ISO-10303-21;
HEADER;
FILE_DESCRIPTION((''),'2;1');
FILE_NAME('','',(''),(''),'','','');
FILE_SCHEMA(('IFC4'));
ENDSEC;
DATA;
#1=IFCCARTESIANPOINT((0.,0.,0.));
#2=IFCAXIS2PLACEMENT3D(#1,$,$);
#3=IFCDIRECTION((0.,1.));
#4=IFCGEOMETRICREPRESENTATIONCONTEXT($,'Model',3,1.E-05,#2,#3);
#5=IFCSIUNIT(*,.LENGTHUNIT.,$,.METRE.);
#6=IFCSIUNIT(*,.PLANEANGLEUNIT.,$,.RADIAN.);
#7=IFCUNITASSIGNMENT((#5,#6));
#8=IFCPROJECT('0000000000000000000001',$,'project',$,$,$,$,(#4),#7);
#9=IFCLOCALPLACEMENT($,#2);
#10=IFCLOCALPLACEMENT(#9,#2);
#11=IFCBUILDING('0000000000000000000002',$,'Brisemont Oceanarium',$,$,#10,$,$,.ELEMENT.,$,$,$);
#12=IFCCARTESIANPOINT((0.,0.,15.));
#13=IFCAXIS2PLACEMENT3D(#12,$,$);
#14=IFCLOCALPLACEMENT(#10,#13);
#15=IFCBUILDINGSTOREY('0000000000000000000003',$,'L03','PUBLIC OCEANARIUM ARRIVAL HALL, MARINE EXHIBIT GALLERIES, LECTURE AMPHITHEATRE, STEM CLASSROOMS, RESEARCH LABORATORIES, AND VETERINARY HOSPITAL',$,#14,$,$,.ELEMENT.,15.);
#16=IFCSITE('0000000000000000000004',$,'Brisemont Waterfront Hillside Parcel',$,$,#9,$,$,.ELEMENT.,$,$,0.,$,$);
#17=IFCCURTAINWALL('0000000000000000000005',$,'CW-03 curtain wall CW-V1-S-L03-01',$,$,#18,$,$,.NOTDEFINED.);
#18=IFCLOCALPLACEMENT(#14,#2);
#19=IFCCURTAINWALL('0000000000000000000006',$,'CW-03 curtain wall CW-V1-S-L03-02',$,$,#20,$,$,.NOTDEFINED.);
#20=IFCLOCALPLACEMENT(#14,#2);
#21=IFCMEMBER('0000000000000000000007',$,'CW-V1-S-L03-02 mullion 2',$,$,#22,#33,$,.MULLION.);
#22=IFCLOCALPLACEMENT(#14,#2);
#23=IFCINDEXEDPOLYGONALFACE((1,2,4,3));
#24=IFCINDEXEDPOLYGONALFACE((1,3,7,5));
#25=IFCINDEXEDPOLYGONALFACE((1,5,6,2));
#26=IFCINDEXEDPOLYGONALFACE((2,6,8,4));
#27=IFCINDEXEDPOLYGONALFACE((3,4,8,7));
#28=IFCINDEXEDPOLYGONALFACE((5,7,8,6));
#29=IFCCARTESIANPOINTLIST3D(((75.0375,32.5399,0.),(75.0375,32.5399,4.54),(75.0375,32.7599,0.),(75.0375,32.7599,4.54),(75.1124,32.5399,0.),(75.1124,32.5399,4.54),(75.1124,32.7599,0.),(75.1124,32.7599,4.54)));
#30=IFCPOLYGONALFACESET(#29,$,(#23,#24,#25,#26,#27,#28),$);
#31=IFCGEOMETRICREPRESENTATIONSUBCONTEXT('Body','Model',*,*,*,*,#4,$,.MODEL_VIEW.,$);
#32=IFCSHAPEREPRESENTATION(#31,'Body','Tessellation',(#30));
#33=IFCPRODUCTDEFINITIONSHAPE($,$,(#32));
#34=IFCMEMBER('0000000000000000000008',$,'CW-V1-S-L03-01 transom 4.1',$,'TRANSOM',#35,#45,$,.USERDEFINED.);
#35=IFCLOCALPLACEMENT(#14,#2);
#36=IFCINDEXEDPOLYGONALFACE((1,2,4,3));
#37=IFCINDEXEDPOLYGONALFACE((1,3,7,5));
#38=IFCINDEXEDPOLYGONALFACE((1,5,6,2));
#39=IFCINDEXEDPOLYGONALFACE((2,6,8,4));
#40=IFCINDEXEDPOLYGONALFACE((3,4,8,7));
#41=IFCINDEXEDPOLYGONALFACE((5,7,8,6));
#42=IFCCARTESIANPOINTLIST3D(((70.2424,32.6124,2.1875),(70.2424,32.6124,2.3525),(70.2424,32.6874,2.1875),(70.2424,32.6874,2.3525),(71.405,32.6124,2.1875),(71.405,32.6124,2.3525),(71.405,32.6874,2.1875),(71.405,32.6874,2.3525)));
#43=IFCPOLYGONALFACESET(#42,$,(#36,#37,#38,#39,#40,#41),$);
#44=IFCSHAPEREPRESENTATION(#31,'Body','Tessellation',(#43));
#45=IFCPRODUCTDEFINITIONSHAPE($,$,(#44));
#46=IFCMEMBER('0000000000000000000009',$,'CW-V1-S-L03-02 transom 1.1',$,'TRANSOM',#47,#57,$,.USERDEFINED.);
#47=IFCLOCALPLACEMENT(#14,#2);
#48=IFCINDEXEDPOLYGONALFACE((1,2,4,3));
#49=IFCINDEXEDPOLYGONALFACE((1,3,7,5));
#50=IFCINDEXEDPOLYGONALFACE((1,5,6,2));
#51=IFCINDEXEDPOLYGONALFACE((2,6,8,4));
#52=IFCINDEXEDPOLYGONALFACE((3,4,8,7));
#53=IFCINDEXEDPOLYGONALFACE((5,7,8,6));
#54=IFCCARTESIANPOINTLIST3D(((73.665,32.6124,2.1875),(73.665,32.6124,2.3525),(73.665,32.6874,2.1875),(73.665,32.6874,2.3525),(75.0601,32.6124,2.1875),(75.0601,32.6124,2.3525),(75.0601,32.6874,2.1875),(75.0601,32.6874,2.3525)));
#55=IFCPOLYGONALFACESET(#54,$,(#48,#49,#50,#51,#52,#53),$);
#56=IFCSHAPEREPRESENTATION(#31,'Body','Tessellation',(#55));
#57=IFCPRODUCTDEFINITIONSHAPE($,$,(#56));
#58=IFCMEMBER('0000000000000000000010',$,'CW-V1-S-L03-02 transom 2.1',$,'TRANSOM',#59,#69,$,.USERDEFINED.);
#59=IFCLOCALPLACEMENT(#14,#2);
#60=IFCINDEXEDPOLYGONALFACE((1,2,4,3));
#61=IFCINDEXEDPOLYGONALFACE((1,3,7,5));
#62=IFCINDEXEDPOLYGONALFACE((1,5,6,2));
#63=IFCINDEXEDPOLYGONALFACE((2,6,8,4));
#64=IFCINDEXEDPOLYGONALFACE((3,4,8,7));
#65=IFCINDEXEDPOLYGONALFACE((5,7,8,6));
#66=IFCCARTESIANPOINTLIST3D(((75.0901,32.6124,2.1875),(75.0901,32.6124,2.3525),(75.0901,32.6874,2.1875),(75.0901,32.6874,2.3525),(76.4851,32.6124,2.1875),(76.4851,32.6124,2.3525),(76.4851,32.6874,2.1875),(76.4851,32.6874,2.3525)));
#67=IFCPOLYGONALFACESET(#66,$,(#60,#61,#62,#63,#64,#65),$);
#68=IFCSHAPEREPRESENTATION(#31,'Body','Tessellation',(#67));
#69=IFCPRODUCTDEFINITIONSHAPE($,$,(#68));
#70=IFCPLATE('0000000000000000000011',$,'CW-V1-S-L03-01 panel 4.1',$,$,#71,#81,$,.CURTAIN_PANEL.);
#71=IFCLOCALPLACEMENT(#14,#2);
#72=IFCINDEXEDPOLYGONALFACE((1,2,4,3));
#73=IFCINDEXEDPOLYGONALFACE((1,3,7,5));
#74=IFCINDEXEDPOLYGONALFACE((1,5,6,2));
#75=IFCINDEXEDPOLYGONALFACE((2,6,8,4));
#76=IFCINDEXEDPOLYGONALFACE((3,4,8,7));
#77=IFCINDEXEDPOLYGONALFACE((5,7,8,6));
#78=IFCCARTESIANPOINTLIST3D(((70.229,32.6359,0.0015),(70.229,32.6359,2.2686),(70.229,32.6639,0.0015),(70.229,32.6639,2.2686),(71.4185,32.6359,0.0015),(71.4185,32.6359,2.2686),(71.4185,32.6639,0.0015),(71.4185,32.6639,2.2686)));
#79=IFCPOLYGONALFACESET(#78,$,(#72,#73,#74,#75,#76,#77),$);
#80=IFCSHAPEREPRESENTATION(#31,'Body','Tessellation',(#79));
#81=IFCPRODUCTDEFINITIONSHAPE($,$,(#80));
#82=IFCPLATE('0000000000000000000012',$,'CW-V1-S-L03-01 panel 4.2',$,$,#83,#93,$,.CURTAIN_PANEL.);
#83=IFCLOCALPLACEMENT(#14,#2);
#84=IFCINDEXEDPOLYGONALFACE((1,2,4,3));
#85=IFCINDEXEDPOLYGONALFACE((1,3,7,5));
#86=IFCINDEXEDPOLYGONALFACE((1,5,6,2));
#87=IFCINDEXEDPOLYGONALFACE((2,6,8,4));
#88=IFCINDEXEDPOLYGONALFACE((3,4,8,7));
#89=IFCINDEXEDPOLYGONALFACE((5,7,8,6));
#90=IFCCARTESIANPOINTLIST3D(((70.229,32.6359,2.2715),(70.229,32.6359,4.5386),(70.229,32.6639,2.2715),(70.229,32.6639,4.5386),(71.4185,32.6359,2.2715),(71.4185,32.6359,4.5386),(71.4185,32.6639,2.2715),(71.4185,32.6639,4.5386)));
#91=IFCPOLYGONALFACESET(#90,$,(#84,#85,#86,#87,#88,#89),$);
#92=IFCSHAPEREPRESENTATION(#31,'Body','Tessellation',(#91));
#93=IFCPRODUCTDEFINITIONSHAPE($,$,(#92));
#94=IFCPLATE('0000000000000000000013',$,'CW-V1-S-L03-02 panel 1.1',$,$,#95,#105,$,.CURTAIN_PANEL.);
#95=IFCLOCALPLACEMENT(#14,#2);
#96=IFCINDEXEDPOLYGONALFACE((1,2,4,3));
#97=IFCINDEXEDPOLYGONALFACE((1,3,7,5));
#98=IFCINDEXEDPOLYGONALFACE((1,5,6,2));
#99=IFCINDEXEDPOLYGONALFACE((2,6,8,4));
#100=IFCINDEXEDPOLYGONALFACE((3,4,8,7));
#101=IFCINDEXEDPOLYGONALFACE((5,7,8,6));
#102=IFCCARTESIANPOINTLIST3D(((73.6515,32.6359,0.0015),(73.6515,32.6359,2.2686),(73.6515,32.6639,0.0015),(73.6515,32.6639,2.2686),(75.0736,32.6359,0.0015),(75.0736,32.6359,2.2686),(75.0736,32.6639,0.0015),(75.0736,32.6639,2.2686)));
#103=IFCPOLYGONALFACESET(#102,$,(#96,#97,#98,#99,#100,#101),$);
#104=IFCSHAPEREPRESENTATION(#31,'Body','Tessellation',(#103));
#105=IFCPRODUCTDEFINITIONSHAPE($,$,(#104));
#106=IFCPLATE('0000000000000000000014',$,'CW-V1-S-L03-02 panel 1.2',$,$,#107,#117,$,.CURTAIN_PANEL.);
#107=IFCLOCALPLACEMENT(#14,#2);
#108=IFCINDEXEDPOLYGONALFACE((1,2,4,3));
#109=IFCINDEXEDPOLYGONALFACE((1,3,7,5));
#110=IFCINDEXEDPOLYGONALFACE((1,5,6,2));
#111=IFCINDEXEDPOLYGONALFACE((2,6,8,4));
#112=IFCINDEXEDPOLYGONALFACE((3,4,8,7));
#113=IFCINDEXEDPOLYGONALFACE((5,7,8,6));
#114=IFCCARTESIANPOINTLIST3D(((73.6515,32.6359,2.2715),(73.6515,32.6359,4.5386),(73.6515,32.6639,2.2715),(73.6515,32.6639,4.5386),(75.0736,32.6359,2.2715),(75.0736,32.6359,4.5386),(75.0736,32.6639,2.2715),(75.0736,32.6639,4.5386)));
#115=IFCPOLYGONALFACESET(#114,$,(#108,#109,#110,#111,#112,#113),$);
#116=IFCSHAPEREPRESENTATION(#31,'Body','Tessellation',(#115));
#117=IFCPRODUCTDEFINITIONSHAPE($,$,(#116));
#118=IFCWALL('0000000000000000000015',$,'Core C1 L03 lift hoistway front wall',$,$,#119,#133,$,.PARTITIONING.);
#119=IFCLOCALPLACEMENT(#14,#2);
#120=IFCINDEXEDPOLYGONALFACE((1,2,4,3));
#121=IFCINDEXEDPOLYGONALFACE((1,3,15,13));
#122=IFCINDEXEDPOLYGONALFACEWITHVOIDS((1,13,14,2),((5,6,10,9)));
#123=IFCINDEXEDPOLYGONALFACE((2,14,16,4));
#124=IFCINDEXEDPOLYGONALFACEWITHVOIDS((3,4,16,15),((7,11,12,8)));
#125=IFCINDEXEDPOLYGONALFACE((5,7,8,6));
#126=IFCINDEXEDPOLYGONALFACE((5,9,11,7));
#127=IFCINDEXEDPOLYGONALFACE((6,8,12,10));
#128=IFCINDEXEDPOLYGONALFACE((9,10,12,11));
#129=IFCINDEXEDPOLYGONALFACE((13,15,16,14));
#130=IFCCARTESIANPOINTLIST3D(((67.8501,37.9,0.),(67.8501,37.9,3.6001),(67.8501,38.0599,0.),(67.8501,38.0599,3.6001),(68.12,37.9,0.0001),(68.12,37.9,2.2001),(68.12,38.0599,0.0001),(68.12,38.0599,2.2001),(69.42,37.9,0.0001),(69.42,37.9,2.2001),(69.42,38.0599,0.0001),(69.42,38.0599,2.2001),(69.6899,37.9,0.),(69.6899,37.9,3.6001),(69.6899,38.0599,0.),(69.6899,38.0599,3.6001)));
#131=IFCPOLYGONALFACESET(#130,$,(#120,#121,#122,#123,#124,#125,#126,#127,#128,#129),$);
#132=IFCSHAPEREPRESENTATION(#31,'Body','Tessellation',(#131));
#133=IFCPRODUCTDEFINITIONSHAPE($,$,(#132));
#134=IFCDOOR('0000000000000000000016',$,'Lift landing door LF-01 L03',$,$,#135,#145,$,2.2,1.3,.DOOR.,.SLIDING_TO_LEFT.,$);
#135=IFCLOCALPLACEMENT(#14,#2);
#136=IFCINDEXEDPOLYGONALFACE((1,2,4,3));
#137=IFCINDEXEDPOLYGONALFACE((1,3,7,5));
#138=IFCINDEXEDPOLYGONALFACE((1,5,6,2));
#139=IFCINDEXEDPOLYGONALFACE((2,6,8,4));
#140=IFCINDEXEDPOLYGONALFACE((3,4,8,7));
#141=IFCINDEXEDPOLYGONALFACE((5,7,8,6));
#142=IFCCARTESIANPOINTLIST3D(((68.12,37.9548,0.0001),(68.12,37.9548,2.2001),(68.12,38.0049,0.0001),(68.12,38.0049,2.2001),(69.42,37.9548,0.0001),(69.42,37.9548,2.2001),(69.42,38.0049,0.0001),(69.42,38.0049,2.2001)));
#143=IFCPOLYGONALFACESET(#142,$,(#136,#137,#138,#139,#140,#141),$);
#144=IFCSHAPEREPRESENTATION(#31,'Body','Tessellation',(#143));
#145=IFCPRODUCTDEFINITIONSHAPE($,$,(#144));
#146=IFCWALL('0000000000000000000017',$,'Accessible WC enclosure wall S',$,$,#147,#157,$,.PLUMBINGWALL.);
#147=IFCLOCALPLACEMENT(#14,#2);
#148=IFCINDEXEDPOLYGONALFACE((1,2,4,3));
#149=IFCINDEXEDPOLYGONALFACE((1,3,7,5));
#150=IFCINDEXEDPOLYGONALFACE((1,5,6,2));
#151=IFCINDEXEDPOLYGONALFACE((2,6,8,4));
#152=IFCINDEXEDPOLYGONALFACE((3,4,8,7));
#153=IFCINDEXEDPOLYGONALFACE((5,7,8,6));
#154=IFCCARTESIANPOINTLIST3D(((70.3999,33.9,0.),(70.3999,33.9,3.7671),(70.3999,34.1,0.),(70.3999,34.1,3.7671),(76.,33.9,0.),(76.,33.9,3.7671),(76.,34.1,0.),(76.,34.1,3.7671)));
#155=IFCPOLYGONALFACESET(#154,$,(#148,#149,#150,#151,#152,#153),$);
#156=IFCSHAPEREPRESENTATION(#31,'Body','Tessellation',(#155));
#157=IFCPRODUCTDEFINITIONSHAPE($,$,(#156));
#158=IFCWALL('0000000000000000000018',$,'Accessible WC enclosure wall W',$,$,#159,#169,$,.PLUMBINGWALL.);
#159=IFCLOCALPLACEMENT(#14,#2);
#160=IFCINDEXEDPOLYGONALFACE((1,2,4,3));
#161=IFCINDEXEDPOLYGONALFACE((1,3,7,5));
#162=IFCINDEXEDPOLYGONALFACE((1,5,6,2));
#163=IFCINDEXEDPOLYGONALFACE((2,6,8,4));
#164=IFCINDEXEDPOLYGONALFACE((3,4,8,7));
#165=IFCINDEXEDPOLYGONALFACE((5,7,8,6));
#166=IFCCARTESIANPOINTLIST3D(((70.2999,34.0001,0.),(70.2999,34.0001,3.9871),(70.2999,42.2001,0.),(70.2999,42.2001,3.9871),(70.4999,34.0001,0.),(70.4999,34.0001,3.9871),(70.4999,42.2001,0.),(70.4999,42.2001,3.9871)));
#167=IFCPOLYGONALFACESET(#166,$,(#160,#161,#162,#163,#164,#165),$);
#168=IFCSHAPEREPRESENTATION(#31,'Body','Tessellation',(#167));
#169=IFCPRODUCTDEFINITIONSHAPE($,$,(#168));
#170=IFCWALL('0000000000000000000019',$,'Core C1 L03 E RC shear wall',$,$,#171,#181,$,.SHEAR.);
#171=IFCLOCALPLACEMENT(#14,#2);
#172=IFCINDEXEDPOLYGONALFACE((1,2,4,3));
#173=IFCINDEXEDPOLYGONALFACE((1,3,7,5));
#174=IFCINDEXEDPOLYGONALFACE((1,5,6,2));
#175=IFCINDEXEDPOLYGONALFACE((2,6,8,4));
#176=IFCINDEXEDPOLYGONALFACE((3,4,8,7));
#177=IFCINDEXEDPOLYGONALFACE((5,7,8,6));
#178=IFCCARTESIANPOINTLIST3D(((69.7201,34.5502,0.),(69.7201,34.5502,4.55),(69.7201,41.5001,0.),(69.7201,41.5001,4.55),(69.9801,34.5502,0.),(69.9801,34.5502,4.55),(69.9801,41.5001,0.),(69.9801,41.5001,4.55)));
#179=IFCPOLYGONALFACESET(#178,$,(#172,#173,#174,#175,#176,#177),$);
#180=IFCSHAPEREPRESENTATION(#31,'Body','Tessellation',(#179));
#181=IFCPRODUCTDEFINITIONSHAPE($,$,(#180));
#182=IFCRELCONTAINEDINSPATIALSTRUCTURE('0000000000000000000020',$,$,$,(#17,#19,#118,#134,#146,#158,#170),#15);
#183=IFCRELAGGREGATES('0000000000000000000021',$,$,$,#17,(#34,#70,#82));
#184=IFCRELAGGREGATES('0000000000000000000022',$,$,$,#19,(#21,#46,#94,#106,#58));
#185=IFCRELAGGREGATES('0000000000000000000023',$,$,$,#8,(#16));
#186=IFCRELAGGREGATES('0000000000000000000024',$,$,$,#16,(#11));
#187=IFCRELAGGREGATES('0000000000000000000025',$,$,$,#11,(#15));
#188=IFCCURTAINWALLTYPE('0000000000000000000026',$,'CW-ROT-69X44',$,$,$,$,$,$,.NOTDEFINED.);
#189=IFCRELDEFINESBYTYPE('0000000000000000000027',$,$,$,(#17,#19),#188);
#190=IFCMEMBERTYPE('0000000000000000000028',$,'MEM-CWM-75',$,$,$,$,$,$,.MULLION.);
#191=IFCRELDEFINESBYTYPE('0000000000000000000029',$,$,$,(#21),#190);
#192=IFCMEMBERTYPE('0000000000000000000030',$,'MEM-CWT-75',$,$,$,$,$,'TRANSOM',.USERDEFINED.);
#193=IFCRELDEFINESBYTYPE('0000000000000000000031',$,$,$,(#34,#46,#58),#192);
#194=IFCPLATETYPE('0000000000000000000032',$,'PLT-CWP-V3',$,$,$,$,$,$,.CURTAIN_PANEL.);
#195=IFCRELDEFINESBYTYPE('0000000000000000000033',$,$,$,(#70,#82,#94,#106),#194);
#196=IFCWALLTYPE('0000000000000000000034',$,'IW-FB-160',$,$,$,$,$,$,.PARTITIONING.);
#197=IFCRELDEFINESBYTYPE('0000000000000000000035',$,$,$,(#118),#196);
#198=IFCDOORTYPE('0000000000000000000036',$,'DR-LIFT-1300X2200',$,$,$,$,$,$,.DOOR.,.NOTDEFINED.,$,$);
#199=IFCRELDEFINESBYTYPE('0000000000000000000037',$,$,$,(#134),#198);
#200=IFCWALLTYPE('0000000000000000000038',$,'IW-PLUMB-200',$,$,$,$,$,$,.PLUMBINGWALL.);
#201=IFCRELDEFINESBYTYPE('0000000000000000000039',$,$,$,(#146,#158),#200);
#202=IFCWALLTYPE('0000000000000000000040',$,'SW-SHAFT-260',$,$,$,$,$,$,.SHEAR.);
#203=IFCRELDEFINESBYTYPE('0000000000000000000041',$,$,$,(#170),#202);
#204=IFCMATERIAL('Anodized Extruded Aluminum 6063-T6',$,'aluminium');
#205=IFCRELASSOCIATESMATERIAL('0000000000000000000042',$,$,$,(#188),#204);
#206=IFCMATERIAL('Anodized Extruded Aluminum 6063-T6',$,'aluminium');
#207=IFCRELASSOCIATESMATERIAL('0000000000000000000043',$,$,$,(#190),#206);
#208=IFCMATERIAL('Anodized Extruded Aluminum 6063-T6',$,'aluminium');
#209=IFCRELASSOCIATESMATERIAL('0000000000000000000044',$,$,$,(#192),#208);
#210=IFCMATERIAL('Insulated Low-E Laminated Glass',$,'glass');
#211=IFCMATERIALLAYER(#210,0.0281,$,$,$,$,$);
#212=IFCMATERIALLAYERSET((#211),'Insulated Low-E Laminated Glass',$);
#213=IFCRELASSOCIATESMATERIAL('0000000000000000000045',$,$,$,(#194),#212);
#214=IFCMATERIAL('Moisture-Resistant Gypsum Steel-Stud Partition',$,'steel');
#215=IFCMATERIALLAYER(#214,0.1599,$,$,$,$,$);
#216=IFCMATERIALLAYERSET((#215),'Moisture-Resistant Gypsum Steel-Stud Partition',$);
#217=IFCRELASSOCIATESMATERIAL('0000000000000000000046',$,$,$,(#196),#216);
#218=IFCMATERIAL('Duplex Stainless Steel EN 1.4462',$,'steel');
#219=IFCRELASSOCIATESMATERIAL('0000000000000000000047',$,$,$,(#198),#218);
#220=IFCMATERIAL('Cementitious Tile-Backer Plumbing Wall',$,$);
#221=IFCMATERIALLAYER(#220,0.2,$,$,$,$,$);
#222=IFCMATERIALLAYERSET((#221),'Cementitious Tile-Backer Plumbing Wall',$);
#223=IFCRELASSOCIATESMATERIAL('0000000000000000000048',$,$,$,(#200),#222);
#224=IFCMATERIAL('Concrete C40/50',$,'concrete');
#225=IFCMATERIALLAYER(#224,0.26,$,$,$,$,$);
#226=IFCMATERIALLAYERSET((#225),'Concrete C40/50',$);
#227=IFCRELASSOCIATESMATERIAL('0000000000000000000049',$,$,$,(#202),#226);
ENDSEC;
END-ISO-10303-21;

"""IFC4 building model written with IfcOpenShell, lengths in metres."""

from ifc_helpers import new_model, si_unit, direction, frame, frame_2d, origin, origin_2d, place, context, subcontext, project, spatial, rectangle, extrude, material, layer, layer_set, material_profile, profile_set, type_object, element, fill, aggregate, save


model = new_model("IFC4")

# Units and contexts
model_context = context("Model", 3, precision=1e-05, world=origin(), true_north=direction((0.0, 1.0)))
body_context = subcontext(model_context, "Body", "Model", "MODEL_VIEW")
ifc_project = project(units=[si_unit("LENGTHUNIT", "METRE"), si_unit("PLANEANGLEUNIT", "RADIAN")], contexts=[model_context])

# Site, building, storey
site_placement = place(None, origin())
site = spatial("IfcSite", under=ifc_project, at=site_placement, Name="Brisemont Waterfront Hillside Parcel", CompositionType="ELEMENT", RefElevation=0.0)
building_placement = place(site_placement, origin())
building = spatial("IfcBuilding", under=site, at=building_placement, Name="Brisemont Oceanarium", CompositionType="ELEMENT")
storey_placement = place(building_placement, frame((0.0, 0.0, 15.0)))
storey = spatial("IfcBuildingStorey", under=building, at=storey_placement, Name="L03", Description="PUBLIC OCEANARIUM ARRIVAL HALL, MARINE EXHIBIT GALLERIES, LECTURE AMPHITHEATRE, STEM CLASSROOMS, RESEARCH LABORATORIES, AND VETERINARY HOSPITAL", CompositionType="ELEMENT", Elevation=15.0)

# Curtain walls, member
ifc_material_1 = material(Name="Anodized Extruded Aluminum 6063-T6", Category="aluminium")
curtain_wall_type = type_object("IfcCurtainWallType", Name="CW-ROT-69X44", PredefinedType="NOTDEFINED", material=ifc_material_1)
curtain_wall_1_placement = place(storey_placement, origin())
curtain_wall_1 = element("IfcCurtainWall", 1, at=curtain_wall_1_placement, inside=storey, type_object=curtain_wall_type, Name="CW-03 curtain wall CW-V1-S-L03-01", PredefinedType="NOTDEFINED")
ifc_material_2 = material(Name="Anodized Extruded Aluminum 6063-T6", Category="aluminium")
ifc_material_profile_1 = material_profile(ifc_material_2, rectangle(XDim=0.075, YDim=0.22, at=origin_2d()), Name="CWM-75X220")
ifc_profile_set_1 = profile_set([ifc_material_profile_1], Name="Anodized Extruded Aluminum 6063-T6")
member_type_1 = type_object("IfcMemberType", Name="MEM-CWM-75", PredefinedType="MULLION", material=ifc_profile_set_1)
curtain_wall_2_placement = place(storey_placement, origin())
curtain_wall_2 = element("IfcCurtainWall", 2, at=curtain_wall_2_placement, inside=storey, type_object=curtain_wall_type, Name="CW-03 curtain wall CW-V1-S-L03-02", PredefinedType="NOTDEFINED")
member_1_placement = place(storey_placement, frame((75.075, 32.6499, 0.0), z_axis=(0.0, 0.0, 1.0), x_axis=(1.0, 0.0, 0.0)))
member_1 = element("IfcMember", 3, at=member_1_placement, type_object=member_type_1, Name="CW-V1-S-L03-02 mullion 2", PredefinedType="MULLION", context=body_context, shape_type="SweptSolid", body=[
    extrude(rectangle(XDim=0.075, YDim=0.22, at=origin_2d()), origin(), (0.0, 0.0, 1.0), 4.54),
])

# Members
ifc_material_3 = material(Name="Anodized Extruded Aluminum 6063-T6", Category="aluminium")
ifc_material_profile_2 = material_profile(ifc_material_3, rectangle(XDim=0.075, YDim=0.165, at=origin_2d()), Name="CWT-75X165")
ifc_profile_set_2 = profile_set([ifc_material_profile_2], Name="Anodized Extruded Aluminum 6063-T6")
member_type_2 = type_object("IfcMemberType", Name="MEM-CWT-75", ElementType="TRANSOM", PredefinedType="USERDEFINED", material=ifc_profile_set_2)
member_2_placement = place(storey_placement, frame((70.2424, 32.6499, 2.27), z_axis=(1.0, 0.0, 0.0), x_axis=(0.0, 1.0, 0.0)))
member_2 = element("IfcMember", 4, at=member_2_placement, type_object=member_type_2, Name="CW-V1-S-L03-01 transom 4.1", ObjectType="TRANSOM", PredefinedType="USERDEFINED", context=body_context, shape_type="SweptSolid", body=[
    extrude(rectangle(XDim=0.075, YDim=0.165, at=origin_2d()), origin(), (0.0, 0.0, 1.0), 1.1626),
])
member_3_placement = place(storey_placement, frame((73.665, 32.6499, 2.27), z_axis=(1.0, 0.0, 0.0), x_axis=(0.0, 1.0, 0.0)))
member_3 = element("IfcMember", 5, at=member_3_placement, type_object=member_type_2, Name="CW-V1-S-L03-02 transom 1.1", ObjectType="TRANSOM", PredefinedType="USERDEFINED", context=body_context, shape_type="SweptSolid", body=[
    extrude(rectangle(XDim=0.075, YDim=0.165, at=origin_2d()), origin(), (0.0, 0.0, 1.0), 1.395),
])
member_4_placement = place(storey_placement, frame((75.0901, 32.6499, 2.27), z_axis=(1.0, 0.0, 0.0), x_axis=(0.0, 1.0, 0.0)))
member_4 = element("IfcMember", 6, at=member_4_placement, type_object=member_type_2, Name="CW-V1-S-L03-02 transom 2.1", ObjectType="TRANSOM", PredefinedType="USERDEFINED", context=body_context, shape_type="SweptSolid", body=[
    extrude(rectangle(XDim=0.075, YDim=0.165, at=origin_2d()), origin(), (0.0, 0.0, 1.0), 1.395),
])

# Plates
ifc_material_4 = material(Name="Insulated Low-E Laminated Glass", Category="glass")
ifc_layer_1 = layer(ifc_material_4, 0.0281)
ifc_layer_set_1 = layer_set([ifc_layer_1], Name="Insulated Low-E Laminated Glass")
plate_type = type_object("IfcPlateType", Name="PLT-CWP-V3", PredefinedType="CURTAIN_PANEL", material=ifc_layer_set_1)
plate_1_placement = place(storey_placement, frame((70.8237, 32.6499, 0.0015), z_axis=(0.0, 0.0, 1.0), x_axis=(1.0, 0.0, 0.0)))
plate_1 = element("IfcPlate", 7, at=plate_1_placement, type_object=plate_type, Name="CW-V1-S-L03-01 panel 4.1", PredefinedType="CURTAIN_PANEL", context=body_context, shape_type="SweptSolid", body=[
    extrude(rectangle(XDim=1.1895, YDim=0.0281, at=origin_2d()), origin(), (0.0, 0.0, 1.0), 2.2671),
])
plate_2_placement = place(storey_placement, frame((70.8237, 32.6499, 2.2715), z_axis=(0.0, 0.0, 1.0), x_axis=(1.0, 0.0, 0.0)))
plate_2 = element("IfcPlate", 8, at=plate_2_placement, type_object=plate_type, Name="CW-V1-S-L03-01 panel 4.2", PredefinedType="CURTAIN_PANEL", context=body_context, shape_type="SweptSolid", body=[
    extrude(rectangle(XDim=1.1895, YDim=0.0281, at=origin_2d()), origin(), (0.0, 0.0, 1.0), 2.2671),
])
aggregate(curtain_wall_1, [member_2, plate_1, plate_2])
plate_3_placement = place(storey_placement, frame((74.3625, 32.6499, 0.0015), z_axis=(0.0, 0.0, 1.0), x_axis=(1.0, 0.0, 0.0)))
plate_3 = element("IfcPlate", 9, at=plate_3_placement, type_object=plate_type, Name="CW-V1-S-L03-02 panel 1.1", PredefinedType="CURTAIN_PANEL", context=body_context, shape_type="SweptSolid", body=[
    extrude(rectangle(XDim=1.4221, YDim=0.0281, at=origin_2d()), origin(), (0.0, 0.0, 1.0), 2.2671),
])
plate_4_placement = place(storey_placement, frame((74.3625, 32.6499, 2.2715), z_axis=(0.0, 0.0, 1.0), x_axis=(1.0, 0.0, 0.0)))
plate_4 = element("IfcPlate", 10, at=plate_4_placement, type_object=plate_type, Name="CW-V1-S-L03-02 panel 1.2", PredefinedType="CURTAIN_PANEL", context=body_context, shape_type="SweptSolid", body=[
    extrude(rectangle(XDim=1.4221, YDim=0.0281, at=origin_2d()), origin(), (0.0, 0.0, 1.0), 2.2671),
])
aggregate(curtain_wall_2, [member_1, member_3, plate_3, plate_4, member_4])

# Wall, opening, door
ifc_material_5 = material(Name="Moisture-Resistant Gypsum Steel-Stud Partition", Category="steel")
ifc_layer_2 = layer(ifc_material_5, 0.1599)
ifc_layer_set_2 = layer_set([ifc_layer_2], Name="Moisture-Resistant Gypsum Steel-Stud Partition")
wall_type_1 = type_object("IfcWallType", Name="IW-FB-160", PredefinedType="PARTITIONING", material=ifc_layer_set_2)
wall_1_placement = place(storey_placement, frame((67.8501, 37.98, 0.0), z_axis=(0.0, 0.0, 1.0), x_axis=(1.0, 0.0, 0.0)))
wall_1 = element("IfcWall", 11, at=wall_1_placement, inside=storey, type_object=wall_type_1, Name="Core C1 L03 lift hoistway front wall", PredefinedType="PARTITIONING", context=body_context, shape_type="SweptSolid", body=[
    extrude(rectangle(XDim=1.8398, YDim=0.1599, at=frame_2d((0.9199, 0.0))), origin(), (0.0, 0.0, 1.0), 3.6001),
])
opening_placement = place(wall_1_placement, frame((0.27, 0.0, 0.0)))
opening = element("IfcOpeningElement", 12, at=opening_placement, cuts=wall_1, PredefinedType="OPENING", context=body_context, shape_type="SweptSolid", body=[
    extrude(rectangle(XDim=1.3, YDim=2.2, at=frame_2d((0.6499, 1.1001))), frame((0.0, 0.0898, 0.0), z_axis=(0.0, -1.0, 0.0), x_axis=(1.0, 0.0, 0.0)), (0.0, 0.0, 1.0), 0.1799),
])
ifc_material_6 = material(Name="Duplex Stainless Steel EN 1.4462", Category="steel")
door_type = type_object("IfcDoorType", Name="DR-LIFT-1300X2200", OperationType="NOTDEFINED", PredefinedType="DOOR", material=ifc_material_6)
door_placement = place(opening_placement, origin())
door = element("IfcDoor", 13, at=door_placement, inside=storey, type_object=door_type, Name="Lift landing door LF-01 L03", OperationType="SLIDING_TO_LEFT", OverallHeight=2.2, OverallWidth=1.3, PredefinedType="DOOR", context=body_context, shape_type="SweptSolid", body=[
    extrude(rectangle(XDim=1.3, YDim=2.2, at=frame_2d((0.6499, 1.1001))), frame((0.0, 0.0249, 0.0), z_axis=(0.0, -1.0, 0.0), x_axis=(1.0, 0.0, 0.0)), (0.0, 0.0, 1.0), 0.05),
])
fill(opening, door)

# Walls
ifc_material_7 = material(Name="Cementitious Tile-Backer Plumbing Wall")
ifc_layer_3 = layer(ifc_material_7, 0.2)
ifc_layer_set_3 = layer_set([ifc_layer_3], Name="Cementitious Tile-Backer Plumbing Wall")
wall_type_2 = type_object("IfcWallType", Name="IW-PLUMB-200", PredefinedType="PLUMBINGWALL", material=ifc_layer_set_3)
wall_2_placement = place(storey_placement, frame((70.3999, 34.0, 0.0), z_axis=(0.0, 0.0, 1.0), x_axis=(1.0, 0.0, 0.0)))
element("IfcWall", 14, at=wall_2_placement, inside=storey, type_object=wall_type_2, Name="Accessible WC enclosure wall S", PredefinedType="PLUMBINGWALL", context=body_context, shape_type="SweptSolid", body=[
    extrude(rectangle(XDim=5.6001, YDim=0.2, at=frame_2d((2.8, 0.0))), origin(), (0.0, 0.0, 1.0), 3.7671),
])
wall_3_placement = place(storey_placement, frame((70.3999, 34.0, 0.0), z_axis=(0.0, 0.0, 1.0), x_axis=(0.0, 1.0, 0.0)))
element("IfcWall", 15, at=wall_3_placement, inside=storey, type_object=wall_type_2, Name="Accessible WC enclosure wall W", PredefinedType="PLUMBINGWALL", context=body_context, shape_type="SweptSolid", body=[
    extrude(rectangle(XDim=8.2, YDim=0.2, at=frame_2d((4.1001, 0.0))), origin(), (0.0, 0.0, 1.0), 3.9871),
])
ifc_material_8 = material(Name="Concrete C40/50", Category="concrete")
ifc_layer_4 = layer(ifc_material_8, 0.26)
ifc_layer_set_4 = layer_set([ifc_layer_4], Name="Concrete C40/50")
wall_type_3 = type_object("IfcWallType", Name="SW-SHAFT-260", PredefinedType="SHEAR", material=ifc_layer_set_4)
for number, where, z_axis, x_axis, name in (
    (16, (69.8501, 34.55, 0.0), (0.0, 0.0, 1.0), (0.0, 1.0, 0.0), "Core C1 L03 E RC shear wall"),
):
    element("IfcWall", number, at=place(storey_placement, frame(where, z_axis=z_axis, x_axis=x_axis)), inside=storey, type_object=wall_type_3, Name=name, PredefinedType="SHEAR", context=body_context, shape_type="SweptSolid", body=[
        extrude(rectangle(XDim=6.95, YDim=0.26, at=frame_2d((3.4751, 0.0))), origin(), (0.0, 0.0, 1.0), 4.55),
    ])

save(model, "model.ifc")
